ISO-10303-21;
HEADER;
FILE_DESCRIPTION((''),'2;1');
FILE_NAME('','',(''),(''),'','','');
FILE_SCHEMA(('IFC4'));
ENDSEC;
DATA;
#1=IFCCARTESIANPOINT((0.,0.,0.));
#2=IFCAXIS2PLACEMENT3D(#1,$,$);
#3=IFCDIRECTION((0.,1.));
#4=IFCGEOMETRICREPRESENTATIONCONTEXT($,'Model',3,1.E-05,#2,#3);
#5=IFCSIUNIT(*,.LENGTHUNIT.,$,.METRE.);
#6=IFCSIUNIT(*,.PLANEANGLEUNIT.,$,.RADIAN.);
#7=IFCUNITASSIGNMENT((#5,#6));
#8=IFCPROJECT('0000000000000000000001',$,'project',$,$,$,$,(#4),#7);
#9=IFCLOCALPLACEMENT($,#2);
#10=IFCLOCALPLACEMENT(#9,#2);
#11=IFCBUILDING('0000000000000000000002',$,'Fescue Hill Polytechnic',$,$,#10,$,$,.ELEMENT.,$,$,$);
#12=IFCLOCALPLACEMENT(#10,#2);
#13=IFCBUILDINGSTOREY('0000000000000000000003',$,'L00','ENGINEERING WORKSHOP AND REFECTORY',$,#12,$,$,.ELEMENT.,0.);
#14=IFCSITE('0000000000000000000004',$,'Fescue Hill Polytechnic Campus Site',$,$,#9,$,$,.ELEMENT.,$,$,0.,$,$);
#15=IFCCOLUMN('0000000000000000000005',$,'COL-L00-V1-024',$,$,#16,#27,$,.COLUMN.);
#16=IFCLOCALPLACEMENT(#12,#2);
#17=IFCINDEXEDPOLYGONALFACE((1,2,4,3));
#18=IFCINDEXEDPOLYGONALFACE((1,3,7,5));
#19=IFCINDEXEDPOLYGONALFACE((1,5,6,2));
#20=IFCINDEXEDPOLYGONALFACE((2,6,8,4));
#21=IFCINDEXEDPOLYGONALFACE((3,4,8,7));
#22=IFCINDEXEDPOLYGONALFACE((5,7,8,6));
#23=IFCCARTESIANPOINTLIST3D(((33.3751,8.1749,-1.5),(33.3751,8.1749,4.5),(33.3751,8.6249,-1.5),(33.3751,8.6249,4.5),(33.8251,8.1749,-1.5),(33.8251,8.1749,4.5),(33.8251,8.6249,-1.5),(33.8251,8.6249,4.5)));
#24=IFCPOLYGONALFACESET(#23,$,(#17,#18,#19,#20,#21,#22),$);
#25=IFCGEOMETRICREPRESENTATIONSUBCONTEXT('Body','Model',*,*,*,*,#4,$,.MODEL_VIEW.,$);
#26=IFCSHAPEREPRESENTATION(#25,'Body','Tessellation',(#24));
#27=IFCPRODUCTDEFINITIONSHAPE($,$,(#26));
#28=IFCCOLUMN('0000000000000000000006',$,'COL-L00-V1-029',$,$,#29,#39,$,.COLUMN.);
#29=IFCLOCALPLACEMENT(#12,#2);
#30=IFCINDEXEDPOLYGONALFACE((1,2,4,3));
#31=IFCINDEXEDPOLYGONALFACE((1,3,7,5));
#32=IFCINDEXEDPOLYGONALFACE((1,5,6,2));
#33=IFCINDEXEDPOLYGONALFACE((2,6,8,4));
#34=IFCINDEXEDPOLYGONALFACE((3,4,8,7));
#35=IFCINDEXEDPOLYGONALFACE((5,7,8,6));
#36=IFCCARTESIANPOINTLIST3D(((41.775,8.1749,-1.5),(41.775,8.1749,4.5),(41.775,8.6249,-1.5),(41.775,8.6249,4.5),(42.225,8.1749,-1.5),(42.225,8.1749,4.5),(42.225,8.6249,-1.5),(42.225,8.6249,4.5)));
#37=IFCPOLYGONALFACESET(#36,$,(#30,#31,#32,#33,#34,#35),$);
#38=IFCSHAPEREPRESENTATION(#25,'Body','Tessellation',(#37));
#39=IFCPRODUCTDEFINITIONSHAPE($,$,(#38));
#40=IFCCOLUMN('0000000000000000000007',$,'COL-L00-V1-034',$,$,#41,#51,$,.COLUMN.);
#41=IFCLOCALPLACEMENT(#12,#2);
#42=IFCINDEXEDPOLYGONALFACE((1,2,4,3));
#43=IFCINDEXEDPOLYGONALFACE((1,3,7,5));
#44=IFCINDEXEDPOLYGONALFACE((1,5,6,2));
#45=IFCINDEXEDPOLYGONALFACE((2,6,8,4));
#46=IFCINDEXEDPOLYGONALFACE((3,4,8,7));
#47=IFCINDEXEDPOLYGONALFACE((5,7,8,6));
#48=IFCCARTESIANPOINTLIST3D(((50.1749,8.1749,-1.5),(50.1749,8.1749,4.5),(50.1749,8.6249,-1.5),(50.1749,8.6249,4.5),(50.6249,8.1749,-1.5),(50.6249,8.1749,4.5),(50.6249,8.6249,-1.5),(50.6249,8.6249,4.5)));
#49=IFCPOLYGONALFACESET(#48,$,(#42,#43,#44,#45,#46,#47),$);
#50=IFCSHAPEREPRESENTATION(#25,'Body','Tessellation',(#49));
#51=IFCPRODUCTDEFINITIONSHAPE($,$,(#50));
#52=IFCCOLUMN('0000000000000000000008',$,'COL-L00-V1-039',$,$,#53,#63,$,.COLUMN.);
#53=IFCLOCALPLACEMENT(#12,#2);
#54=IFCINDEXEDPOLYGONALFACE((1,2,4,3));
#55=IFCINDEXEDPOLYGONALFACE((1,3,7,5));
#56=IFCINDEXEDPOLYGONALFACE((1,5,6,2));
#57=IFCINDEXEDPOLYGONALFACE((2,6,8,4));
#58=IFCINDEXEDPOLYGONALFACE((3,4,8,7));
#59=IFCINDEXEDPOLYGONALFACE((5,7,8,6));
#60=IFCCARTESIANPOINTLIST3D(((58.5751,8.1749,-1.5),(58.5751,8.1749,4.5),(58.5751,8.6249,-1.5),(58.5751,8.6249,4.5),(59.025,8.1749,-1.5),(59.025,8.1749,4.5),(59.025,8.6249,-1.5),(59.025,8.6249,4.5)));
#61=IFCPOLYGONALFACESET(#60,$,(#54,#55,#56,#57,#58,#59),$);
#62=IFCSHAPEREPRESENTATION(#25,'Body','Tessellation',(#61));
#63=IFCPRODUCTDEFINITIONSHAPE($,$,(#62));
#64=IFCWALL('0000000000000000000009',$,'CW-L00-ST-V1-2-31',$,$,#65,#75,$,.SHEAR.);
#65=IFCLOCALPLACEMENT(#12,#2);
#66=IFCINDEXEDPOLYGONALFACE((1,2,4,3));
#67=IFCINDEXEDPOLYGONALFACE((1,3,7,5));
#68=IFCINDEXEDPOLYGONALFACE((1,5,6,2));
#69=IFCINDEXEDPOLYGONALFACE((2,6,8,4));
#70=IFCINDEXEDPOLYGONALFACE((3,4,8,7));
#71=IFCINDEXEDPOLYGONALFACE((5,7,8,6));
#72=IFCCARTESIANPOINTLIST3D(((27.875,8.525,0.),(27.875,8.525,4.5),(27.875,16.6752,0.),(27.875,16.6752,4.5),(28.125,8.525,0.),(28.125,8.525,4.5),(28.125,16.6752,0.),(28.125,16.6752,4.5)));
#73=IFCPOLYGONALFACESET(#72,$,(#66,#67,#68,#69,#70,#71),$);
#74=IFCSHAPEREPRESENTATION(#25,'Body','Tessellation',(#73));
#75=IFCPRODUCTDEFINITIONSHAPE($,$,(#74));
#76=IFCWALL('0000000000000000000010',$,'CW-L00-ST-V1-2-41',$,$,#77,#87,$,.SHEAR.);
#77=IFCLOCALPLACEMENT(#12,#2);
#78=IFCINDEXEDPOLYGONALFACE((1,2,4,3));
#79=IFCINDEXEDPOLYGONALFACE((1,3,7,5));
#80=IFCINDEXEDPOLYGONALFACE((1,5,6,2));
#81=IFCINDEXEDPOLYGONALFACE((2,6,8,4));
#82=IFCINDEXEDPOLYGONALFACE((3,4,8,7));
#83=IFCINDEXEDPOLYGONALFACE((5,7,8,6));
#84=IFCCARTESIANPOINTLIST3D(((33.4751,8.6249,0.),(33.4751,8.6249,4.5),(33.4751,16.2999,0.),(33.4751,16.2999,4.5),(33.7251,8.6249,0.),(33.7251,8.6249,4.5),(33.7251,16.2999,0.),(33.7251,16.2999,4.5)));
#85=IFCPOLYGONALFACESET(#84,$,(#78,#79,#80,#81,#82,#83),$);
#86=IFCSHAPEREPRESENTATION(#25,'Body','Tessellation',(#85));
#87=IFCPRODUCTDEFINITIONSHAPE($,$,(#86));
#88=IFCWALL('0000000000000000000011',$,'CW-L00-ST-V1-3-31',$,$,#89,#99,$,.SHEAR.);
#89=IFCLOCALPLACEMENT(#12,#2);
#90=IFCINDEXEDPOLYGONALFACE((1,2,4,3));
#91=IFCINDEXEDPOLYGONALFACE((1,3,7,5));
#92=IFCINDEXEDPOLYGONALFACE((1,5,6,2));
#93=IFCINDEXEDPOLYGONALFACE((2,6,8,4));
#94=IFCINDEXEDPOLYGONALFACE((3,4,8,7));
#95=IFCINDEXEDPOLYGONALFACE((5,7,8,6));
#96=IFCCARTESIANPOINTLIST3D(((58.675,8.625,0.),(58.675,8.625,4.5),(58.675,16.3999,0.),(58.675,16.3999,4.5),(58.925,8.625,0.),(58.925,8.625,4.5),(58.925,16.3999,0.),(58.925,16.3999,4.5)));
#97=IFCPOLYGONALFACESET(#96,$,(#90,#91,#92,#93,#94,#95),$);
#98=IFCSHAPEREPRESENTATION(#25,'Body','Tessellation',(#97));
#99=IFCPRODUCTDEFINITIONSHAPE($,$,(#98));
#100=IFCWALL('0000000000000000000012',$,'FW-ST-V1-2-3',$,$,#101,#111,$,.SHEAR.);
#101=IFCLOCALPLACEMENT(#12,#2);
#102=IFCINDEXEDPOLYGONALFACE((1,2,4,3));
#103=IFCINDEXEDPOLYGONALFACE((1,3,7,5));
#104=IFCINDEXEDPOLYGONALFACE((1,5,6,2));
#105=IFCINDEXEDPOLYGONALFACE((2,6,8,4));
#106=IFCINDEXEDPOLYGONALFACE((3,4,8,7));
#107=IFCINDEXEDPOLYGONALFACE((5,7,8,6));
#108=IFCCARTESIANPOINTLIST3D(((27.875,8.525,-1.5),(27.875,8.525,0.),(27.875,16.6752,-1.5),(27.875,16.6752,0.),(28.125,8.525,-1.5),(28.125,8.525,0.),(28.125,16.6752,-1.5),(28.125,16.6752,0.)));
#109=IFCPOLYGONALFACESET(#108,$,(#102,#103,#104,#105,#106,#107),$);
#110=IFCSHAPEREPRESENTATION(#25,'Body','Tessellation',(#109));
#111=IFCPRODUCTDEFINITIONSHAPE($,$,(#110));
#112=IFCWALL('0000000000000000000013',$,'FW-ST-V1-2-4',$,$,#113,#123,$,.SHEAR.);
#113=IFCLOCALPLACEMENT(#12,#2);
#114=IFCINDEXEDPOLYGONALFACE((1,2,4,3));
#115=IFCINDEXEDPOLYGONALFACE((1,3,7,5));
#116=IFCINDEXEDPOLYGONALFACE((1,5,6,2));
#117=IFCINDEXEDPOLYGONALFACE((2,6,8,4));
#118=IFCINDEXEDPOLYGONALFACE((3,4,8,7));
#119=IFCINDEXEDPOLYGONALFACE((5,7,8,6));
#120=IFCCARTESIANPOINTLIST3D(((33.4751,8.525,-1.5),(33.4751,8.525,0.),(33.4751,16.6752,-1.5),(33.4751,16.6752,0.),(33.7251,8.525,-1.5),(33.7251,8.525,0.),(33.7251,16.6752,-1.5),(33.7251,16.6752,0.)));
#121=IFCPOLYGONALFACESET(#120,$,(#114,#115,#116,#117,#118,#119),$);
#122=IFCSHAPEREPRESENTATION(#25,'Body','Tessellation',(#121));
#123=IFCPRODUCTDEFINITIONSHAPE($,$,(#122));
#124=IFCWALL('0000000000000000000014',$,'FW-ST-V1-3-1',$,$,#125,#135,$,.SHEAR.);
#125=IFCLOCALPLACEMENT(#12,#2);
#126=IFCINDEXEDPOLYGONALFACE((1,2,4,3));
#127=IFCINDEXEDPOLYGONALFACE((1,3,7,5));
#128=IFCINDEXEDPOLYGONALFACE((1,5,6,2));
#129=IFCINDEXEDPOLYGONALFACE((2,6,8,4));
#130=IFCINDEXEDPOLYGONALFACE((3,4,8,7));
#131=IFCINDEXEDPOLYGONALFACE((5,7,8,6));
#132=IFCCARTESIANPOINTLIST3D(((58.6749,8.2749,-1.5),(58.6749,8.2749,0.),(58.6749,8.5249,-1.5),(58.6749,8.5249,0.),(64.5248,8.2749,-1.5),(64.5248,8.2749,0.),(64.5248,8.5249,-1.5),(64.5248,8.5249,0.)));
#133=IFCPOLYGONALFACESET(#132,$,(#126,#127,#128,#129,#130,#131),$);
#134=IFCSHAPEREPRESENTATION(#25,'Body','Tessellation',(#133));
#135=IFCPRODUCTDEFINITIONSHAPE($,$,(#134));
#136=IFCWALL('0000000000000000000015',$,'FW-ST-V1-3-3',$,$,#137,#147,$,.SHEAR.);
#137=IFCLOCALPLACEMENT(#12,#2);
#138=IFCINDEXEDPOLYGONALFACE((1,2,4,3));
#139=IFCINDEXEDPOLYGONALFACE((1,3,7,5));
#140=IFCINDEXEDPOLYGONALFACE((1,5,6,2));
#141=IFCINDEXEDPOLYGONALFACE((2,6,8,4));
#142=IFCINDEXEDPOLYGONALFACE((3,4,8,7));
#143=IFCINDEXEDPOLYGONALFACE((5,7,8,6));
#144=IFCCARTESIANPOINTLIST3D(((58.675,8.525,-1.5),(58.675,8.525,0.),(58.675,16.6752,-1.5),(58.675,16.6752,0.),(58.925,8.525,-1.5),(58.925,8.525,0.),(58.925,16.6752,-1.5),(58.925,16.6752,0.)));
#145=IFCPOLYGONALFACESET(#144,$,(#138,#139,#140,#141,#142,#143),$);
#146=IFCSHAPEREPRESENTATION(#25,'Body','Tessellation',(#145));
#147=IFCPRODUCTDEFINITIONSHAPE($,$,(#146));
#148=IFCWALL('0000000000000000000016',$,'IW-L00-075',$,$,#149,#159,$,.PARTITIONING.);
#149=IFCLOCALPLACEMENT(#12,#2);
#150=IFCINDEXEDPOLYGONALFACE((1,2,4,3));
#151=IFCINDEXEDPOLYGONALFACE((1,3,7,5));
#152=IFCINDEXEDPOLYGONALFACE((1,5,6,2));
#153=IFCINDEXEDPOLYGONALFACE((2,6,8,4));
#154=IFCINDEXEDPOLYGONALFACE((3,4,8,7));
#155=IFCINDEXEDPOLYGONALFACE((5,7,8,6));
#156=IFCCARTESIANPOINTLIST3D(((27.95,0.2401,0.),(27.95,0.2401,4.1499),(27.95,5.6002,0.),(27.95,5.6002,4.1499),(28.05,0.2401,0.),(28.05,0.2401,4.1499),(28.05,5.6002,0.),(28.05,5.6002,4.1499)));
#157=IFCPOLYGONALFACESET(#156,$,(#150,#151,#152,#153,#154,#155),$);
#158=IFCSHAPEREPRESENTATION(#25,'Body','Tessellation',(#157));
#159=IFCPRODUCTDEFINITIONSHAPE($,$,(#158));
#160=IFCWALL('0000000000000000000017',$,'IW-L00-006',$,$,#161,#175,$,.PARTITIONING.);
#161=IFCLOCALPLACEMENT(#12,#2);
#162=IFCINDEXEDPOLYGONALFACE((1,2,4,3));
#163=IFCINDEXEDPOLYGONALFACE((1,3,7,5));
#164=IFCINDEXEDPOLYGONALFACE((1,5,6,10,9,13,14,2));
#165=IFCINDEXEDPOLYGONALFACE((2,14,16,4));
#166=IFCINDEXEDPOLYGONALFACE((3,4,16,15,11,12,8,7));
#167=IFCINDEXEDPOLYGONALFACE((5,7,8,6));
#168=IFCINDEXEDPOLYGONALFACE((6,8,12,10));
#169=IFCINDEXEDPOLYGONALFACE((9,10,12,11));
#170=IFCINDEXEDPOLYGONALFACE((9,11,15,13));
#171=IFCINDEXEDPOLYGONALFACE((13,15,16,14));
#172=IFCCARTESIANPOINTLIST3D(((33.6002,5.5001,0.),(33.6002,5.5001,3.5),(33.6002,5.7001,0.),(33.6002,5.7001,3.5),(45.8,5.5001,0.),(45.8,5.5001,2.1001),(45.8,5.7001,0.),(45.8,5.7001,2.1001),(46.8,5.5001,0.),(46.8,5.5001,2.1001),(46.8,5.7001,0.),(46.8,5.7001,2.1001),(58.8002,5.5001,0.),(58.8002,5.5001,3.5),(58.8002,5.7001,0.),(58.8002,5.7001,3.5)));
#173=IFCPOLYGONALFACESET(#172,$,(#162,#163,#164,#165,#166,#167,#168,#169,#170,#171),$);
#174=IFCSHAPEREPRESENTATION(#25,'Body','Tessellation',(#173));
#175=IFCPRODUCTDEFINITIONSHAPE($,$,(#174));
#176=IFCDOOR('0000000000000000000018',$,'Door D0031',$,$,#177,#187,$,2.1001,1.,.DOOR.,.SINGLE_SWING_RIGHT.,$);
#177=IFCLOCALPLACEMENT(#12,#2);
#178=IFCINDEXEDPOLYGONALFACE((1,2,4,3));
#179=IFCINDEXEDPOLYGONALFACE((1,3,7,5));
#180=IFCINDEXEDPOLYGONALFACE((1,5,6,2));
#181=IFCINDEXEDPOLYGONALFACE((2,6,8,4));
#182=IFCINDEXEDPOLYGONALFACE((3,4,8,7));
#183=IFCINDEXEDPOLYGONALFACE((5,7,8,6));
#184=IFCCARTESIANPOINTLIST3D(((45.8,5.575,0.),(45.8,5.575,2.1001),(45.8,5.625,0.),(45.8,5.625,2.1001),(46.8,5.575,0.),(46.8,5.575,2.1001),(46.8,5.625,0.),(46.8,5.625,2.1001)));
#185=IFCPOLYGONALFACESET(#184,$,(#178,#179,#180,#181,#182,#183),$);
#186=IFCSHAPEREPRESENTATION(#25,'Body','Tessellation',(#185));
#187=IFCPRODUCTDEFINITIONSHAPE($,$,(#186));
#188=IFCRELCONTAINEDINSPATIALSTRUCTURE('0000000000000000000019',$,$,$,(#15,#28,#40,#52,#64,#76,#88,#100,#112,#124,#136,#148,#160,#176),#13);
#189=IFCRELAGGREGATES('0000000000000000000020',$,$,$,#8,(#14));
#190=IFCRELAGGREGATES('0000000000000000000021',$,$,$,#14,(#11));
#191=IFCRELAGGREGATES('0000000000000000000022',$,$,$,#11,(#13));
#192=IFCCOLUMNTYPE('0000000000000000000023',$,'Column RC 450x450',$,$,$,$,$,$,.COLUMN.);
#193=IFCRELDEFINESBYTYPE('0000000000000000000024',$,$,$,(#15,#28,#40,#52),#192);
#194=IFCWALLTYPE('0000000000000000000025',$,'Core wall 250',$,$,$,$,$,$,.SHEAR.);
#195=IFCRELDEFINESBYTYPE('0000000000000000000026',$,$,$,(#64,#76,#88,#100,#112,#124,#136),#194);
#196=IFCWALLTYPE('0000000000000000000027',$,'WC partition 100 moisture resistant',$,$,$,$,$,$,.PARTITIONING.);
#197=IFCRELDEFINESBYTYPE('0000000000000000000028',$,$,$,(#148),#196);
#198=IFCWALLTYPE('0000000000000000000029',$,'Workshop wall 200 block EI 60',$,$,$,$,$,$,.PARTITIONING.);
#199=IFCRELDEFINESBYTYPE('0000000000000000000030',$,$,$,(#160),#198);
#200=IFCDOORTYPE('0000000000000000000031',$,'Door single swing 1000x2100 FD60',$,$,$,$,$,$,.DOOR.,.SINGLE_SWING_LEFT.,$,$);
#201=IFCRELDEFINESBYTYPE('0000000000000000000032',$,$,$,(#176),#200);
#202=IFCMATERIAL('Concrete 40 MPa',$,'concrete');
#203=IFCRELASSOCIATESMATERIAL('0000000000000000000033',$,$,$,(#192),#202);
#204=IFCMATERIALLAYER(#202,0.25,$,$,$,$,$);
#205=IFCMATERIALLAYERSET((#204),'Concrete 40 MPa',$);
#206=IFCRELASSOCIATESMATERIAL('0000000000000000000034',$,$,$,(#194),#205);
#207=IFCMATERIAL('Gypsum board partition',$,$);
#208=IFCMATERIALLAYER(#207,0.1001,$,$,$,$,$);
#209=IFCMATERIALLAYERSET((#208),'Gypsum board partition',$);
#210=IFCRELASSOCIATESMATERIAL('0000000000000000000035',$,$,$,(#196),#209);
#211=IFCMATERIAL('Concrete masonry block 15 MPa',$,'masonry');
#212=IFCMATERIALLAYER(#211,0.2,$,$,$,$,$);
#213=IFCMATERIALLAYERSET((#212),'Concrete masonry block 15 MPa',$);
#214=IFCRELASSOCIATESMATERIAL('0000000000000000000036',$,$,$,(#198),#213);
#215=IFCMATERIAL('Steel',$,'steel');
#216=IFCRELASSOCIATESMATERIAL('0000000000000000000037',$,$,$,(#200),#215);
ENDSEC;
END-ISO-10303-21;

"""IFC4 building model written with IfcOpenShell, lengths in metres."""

from ifc_helpers import new_model, si_unit, direction, frame, frame_2d, origin, origin_2d, place, context, subcontext, project, spatial, rectangle, extrude, material, layer, layer_set, material_profile, profile_set, type_object, element, fill, save


model = new_model("IFC4")

# Units and contexts
model_context = context("Model", 3, precision=1e-05, world=origin(), true_north=direction((0.0, 1.0)))
body_context = subcontext(model_context, "Body", "Model", "MODEL_VIEW")
ifc_project = project(units=[si_unit("LENGTHUNIT", "METRE"), si_unit("PLANEANGLEUNIT", "RADIAN")], contexts=[model_context])

# Site, building, storey
site_placement = place(None, origin())
site = spatial("IfcSite", under=ifc_project, at=site_placement, Name="Fescue Hill Polytechnic Campus Site", CompositionType="ELEMENT", RefElevation=0.0)
building_placement = place(site_placement, origin())
building = spatial("IfcBuilding", under=site, at=building_placement, Name="Fescue Hill Polytechnic", CompositionType="ELEMENT")
storey_placement = place(building_placement, origin())
storey = spatial("IfcBuildingStorey", under=building, at=storey_placement, Name="L00", Description="ENGINEERING WORKSHOP AND REFECTORY", CompositionType="ELEMENT", Elevation=0.0)

# Columns
ifc_material_1 = material(Name="Concrete 40 MPa", Category="concrete")
ifc_material_profile = material_profile(ifc_material_1, rectangle(XDim=0.45, YDim=0.45, at=origin_2d()), Name="RC 450x450")
ifc_profile_set = profile_set([ifc_material_profile], Name="Concrete 40 MPa")
column_type = type_object("IfcColumnType", Name="Column RC 450x450", PredefinedType="COLUMN", material=ifc_profile_set)
for number, where, z_axis, x_axis, name in (
    (1, (33.6001, 8.3999, -1.5), (0.0, 0.0, 1.0), (1.0, 0.0, 0.0), "COL-L00-V1-024"),
    (2, (42.0, 8.3999, -1.5), (0.0, 0.0, 1.0), (1.0, 0.0, 0.0), "COL-L00-V1-029"),
    (3, (50.3999, 8.3999, -1.5), (0.0, 0.0, 1.0), (1.0, 0.0, 0.0), "COL-L00-V1-034"),
    (4, (58.8, 8.3999, -1.5), (0.0, 0.0, 1.0), (1.0, 0.0, 0.0), "COL-L00-V1-039"),
):
    element("IfcColumn", number, at=place(storey_placement, frame(where, z_axis=z_axis, x_axis=x_axis)), inside=storey, type_object=column_type, Name=name, PredefinedType="COLUMN", context=body_context, shape_type="SweptSolid", body=[
        extrude(rectangle(XDim=0.45, YDim=0.45, at=origin_2d()), origin(), (0.0, 0.0, 1.0), 6.0),
    ])

# Walls
ifc_layer_1 = layer(ifc_material_1, 0.25)
ifc_layer_set_1 = layer_set([ifc_layer_1], Name="Concrete 40 MPa")
wall_type_1 = type_object("IfcWallType", Name="Core wall 250", PredefinedType="SHEAR", material=ifc_layer_set_1)
wall_1_placement = place(storey_placement, frame((28.0, 8.5249, 0.0), z_axis=(0.0, 0.0, 1.0), x_axis=(0.0, 1.0, 0.0)))
element("IfcWall", 5, at=wall_1_placement, inside=storey, type_object=wall_type_1, Name="CW-L00-ST-V1-2-31", PredefinedType="SHEAR", context=body_context, shape_type="SweptSolid", body=[
    extrude(rectangle(XDim=8.1501, YDim=0.25, at=frame_2d((4.0752, 0.0))), origin(), (0.0, 0.0, 1.0), 4.5),
])
wall_2_placement = place(storey_placement, frame((33.6001, 8.625, 0.0), z_axis=(0.0, 0.0, 1.0), x_axis=(0.0, 1.0, 0.0)))
element("IfcWall", 6, at=wall_2_placement, inside=storey, type_object=wall_type_1, Name="CW-L00-ST-V1-2-41", PredefinedType="SHEAR", context=body_context, shape_type="SweptSolid", body=[
    extrude(rectangle(XDim=7.675, YDim=0.25, at=frame_2d((3.8374, 0.0))), origin(), (0.0, 0.0, 1.0), 4.5),
])
wall_3_placement = place(storey_placement, frame((58.8, 8.625, 0.0), z_axis=(0.0, 0.0, 1.0), x_axis=(0.0, 1.0, 0.0)))
element("IfcWall", 7, at=wall_3_placement, inside=storey, type_object=wall_type_1, Name="CW-L00-ST-V1-3-31", PredefinedType="SHEAR", context=body_context, shape_type="SweptSolid", body=[
    extrude(rectangle(XDim=7.7749, YDim=0.25, at=frame_2d((3.8875, 0.0))), origin(), (0.0, 0.0, 1.0), 4.5),
])
for number, where, z_axis, x_axis, name in (
    (8, (28.0, 8.5249, -1.5), (0.0, 0.0, 1.0), (0.0, 1.0, 0.0), "FW-ST-V1-2-3"),
    (9, (33.6001, 8.5249, -1.5), (0.0, 0.0, 1.0), (0.0, 1.0, 0.0), "FW-ST-V1-2-4"),
):
    element("IfcWall", number, at=place(storey_placement, frame(where, z_axis=z_axis, x_axis=x_axis)), inside=storey, type_object=wall_type_1, Name=name, PredefinedType="SHEAR", context=body_context, shape_type="SweptSolid", body=[
        extrude(rectangle(XDim=8.1501, YDim=0.25, at=frame_2d((4.0752, 0.0))), origin(), (0.0, 0.0, 1.0), 1.5),
    ])
wall_4_placement = place(storey_placement, frame((58.675, 8.3999, -1.5), z_axis=(0.0, 0.0, 1.0), x_axis=(1.0, 0.0, 0.0)))
element("IfcWall", 10, at=wall_4_placement, inside=storey, type_object=wall_type_1, Name="FW-ST-V1-3-1", PredefinedType="SHEAR", context=body_context, shape_type="SweptSolid", body=[
    extrude(rectangle(XDim=5.8499, YDim=0.25, at=frame_2d((2.9248, 0.0))), origin(), (0.0, 0.0, 1.0), 1.5),
])
wall_5_placement = place(storey_placement, frame((58.8, 8.5249, -1.5), z_axis=(0.0, 0.0, 1.0), x_axis=(0.0, 1.0, 0.0)))
element("IfcWall", 11, at=wall_5_placement, inside=storey, type_object=wall_type_1, Name="FW-ST-V1-3-3", PredefinedType="SHEAR", context=body_context, shape_type="SweptSolid", body=[
    extrude(rectangle(XDim=8.1501, YDim=0.25, at=frame_2d((4.0752, 0.0))), origin(), (0.0, 0.0, 1.0), 1.5),
])
ifc_material_2 = material(Name="Gypsum board partition")
ifc_layer_2 = layer(ifc_material_2, 0.1001)
ifc_layer_set_2 = layer_set([ifc_layer_2], Name="Gypsum board partition")
wall_type_2 = type_object("IfcWallType", Name="WC partition 100 moisture resistant", PredefinedType="PARTITIONING", material=ifc_layer_set_2)
wall_6_placement = place(storey_placement, frame((28.0, 0.24, 0.0), z_axis=(0.0, 0.0, 1.0), x_axis=(0.0, 1.0, 0.0)))
element("IfcWall", 12, at=wall_6_placement, inside=storey, type_object=wall_type_2, Name="IW-L00-075", PredefinedType="PARTITIONING", context=body_context, shape_type="SweptSolid", body=[
    extrude(rectangle(XDim=5.3601, YDim=0.1001, at=frame_2d((2.6802, 0.0))), origin(), (0.0, 0.0, 1.0), 4.1499),
])

# Wall, opening, door
ifc_material_3 = material(Name="Concrete masonry block 15 MPa", Category="masonry")
ifc_layer_3 = layer(ifc_material_3, 0.2)
ifc_layer_set_3 = layer_set([ifc_layer_3], Name="Concrete masonry block 15 MPa")
wall_type_3 = type_object("IfcWallType", Name="Workshop wall 200 block EI 60", PredefinedType="PARTITIONING", material=ifc_layer_set_3)
wall_7_placement = place(storey_placement, frame((33.6001, 5.6001, 0.0), z_axis=(0.0, 0.0, 1.0), x_axis=(1.0, 0.0, 0.0)))
wall_7 = element("IfcWall", 13, at=wall_7_placement, inside=storey, type_object=wall_type_3, Name="IW-L00-006", PredefinedType="PARTITIONING", context=body_context, shape_type="SweptSolid", body=[
    extrude(rectangle(XDim=25.2, YDim=0.2, at=frame_2d((12.6001, 0.0))), origin(), (0.0, 0.0, 1.0), 3.5),
])
opening_1_placement = place(wall_7_placement, frame((12.2, 0.0, 0.0)))
opening_1 = element("IfcOpeningElement", 14, at=opening_1_placement, cuts=wall_7, PredefinedType="OPENING", context=body_context, shape_type="SweptSolid", body=[
    extrude(rectangle(XDim=1.0, YDim=2.1001, at=frame_2d((0.5, 1.05))), frame((0.0, 0.1099, 0.0), z_axis=(0.0, -1.0, 0.0), x_axis=(1.0, 0.0, 0.0)), (0.0, 0.0, 1.0), 0.22),
])
ifc_material_4 = material(Name="Steel", Category="steel")
door_type_1 = type_object("IfcDoorType", Name="Door single swing 1000x2100 FD60", OperationType="SINGLE_SWING_LEFT", PredefinedType="DOOR", material=ifc_material_4)
door_1_placement = place(opening_1_placement, origin())
door_1 = element("IfcDoor", 15, at=door_1_placement, inside=storey, type_object=door_type_1, Name="Door D0031", OperationType="SINGLE_SWING_RIGHT", OverallHeight=2.1001, OverallWidth=1.0, PredefinedType="DOOR", context=body_context, shape_type="SweptSolid", body=[
    extrude(rectangle(XDim=1.0, YDim=2.1001, at=frame_2d((0.5, 1.05))), frame((0.0, 0.0249, 0.0), z_axis=(0.0, -1.0, 0.0), x_axis=(1.0, 0.0, 0.0)), (0.0, 0.0, 1.0), 0.05),
])
fill(opening_1, door_1)

save(model, "model.ifc")
